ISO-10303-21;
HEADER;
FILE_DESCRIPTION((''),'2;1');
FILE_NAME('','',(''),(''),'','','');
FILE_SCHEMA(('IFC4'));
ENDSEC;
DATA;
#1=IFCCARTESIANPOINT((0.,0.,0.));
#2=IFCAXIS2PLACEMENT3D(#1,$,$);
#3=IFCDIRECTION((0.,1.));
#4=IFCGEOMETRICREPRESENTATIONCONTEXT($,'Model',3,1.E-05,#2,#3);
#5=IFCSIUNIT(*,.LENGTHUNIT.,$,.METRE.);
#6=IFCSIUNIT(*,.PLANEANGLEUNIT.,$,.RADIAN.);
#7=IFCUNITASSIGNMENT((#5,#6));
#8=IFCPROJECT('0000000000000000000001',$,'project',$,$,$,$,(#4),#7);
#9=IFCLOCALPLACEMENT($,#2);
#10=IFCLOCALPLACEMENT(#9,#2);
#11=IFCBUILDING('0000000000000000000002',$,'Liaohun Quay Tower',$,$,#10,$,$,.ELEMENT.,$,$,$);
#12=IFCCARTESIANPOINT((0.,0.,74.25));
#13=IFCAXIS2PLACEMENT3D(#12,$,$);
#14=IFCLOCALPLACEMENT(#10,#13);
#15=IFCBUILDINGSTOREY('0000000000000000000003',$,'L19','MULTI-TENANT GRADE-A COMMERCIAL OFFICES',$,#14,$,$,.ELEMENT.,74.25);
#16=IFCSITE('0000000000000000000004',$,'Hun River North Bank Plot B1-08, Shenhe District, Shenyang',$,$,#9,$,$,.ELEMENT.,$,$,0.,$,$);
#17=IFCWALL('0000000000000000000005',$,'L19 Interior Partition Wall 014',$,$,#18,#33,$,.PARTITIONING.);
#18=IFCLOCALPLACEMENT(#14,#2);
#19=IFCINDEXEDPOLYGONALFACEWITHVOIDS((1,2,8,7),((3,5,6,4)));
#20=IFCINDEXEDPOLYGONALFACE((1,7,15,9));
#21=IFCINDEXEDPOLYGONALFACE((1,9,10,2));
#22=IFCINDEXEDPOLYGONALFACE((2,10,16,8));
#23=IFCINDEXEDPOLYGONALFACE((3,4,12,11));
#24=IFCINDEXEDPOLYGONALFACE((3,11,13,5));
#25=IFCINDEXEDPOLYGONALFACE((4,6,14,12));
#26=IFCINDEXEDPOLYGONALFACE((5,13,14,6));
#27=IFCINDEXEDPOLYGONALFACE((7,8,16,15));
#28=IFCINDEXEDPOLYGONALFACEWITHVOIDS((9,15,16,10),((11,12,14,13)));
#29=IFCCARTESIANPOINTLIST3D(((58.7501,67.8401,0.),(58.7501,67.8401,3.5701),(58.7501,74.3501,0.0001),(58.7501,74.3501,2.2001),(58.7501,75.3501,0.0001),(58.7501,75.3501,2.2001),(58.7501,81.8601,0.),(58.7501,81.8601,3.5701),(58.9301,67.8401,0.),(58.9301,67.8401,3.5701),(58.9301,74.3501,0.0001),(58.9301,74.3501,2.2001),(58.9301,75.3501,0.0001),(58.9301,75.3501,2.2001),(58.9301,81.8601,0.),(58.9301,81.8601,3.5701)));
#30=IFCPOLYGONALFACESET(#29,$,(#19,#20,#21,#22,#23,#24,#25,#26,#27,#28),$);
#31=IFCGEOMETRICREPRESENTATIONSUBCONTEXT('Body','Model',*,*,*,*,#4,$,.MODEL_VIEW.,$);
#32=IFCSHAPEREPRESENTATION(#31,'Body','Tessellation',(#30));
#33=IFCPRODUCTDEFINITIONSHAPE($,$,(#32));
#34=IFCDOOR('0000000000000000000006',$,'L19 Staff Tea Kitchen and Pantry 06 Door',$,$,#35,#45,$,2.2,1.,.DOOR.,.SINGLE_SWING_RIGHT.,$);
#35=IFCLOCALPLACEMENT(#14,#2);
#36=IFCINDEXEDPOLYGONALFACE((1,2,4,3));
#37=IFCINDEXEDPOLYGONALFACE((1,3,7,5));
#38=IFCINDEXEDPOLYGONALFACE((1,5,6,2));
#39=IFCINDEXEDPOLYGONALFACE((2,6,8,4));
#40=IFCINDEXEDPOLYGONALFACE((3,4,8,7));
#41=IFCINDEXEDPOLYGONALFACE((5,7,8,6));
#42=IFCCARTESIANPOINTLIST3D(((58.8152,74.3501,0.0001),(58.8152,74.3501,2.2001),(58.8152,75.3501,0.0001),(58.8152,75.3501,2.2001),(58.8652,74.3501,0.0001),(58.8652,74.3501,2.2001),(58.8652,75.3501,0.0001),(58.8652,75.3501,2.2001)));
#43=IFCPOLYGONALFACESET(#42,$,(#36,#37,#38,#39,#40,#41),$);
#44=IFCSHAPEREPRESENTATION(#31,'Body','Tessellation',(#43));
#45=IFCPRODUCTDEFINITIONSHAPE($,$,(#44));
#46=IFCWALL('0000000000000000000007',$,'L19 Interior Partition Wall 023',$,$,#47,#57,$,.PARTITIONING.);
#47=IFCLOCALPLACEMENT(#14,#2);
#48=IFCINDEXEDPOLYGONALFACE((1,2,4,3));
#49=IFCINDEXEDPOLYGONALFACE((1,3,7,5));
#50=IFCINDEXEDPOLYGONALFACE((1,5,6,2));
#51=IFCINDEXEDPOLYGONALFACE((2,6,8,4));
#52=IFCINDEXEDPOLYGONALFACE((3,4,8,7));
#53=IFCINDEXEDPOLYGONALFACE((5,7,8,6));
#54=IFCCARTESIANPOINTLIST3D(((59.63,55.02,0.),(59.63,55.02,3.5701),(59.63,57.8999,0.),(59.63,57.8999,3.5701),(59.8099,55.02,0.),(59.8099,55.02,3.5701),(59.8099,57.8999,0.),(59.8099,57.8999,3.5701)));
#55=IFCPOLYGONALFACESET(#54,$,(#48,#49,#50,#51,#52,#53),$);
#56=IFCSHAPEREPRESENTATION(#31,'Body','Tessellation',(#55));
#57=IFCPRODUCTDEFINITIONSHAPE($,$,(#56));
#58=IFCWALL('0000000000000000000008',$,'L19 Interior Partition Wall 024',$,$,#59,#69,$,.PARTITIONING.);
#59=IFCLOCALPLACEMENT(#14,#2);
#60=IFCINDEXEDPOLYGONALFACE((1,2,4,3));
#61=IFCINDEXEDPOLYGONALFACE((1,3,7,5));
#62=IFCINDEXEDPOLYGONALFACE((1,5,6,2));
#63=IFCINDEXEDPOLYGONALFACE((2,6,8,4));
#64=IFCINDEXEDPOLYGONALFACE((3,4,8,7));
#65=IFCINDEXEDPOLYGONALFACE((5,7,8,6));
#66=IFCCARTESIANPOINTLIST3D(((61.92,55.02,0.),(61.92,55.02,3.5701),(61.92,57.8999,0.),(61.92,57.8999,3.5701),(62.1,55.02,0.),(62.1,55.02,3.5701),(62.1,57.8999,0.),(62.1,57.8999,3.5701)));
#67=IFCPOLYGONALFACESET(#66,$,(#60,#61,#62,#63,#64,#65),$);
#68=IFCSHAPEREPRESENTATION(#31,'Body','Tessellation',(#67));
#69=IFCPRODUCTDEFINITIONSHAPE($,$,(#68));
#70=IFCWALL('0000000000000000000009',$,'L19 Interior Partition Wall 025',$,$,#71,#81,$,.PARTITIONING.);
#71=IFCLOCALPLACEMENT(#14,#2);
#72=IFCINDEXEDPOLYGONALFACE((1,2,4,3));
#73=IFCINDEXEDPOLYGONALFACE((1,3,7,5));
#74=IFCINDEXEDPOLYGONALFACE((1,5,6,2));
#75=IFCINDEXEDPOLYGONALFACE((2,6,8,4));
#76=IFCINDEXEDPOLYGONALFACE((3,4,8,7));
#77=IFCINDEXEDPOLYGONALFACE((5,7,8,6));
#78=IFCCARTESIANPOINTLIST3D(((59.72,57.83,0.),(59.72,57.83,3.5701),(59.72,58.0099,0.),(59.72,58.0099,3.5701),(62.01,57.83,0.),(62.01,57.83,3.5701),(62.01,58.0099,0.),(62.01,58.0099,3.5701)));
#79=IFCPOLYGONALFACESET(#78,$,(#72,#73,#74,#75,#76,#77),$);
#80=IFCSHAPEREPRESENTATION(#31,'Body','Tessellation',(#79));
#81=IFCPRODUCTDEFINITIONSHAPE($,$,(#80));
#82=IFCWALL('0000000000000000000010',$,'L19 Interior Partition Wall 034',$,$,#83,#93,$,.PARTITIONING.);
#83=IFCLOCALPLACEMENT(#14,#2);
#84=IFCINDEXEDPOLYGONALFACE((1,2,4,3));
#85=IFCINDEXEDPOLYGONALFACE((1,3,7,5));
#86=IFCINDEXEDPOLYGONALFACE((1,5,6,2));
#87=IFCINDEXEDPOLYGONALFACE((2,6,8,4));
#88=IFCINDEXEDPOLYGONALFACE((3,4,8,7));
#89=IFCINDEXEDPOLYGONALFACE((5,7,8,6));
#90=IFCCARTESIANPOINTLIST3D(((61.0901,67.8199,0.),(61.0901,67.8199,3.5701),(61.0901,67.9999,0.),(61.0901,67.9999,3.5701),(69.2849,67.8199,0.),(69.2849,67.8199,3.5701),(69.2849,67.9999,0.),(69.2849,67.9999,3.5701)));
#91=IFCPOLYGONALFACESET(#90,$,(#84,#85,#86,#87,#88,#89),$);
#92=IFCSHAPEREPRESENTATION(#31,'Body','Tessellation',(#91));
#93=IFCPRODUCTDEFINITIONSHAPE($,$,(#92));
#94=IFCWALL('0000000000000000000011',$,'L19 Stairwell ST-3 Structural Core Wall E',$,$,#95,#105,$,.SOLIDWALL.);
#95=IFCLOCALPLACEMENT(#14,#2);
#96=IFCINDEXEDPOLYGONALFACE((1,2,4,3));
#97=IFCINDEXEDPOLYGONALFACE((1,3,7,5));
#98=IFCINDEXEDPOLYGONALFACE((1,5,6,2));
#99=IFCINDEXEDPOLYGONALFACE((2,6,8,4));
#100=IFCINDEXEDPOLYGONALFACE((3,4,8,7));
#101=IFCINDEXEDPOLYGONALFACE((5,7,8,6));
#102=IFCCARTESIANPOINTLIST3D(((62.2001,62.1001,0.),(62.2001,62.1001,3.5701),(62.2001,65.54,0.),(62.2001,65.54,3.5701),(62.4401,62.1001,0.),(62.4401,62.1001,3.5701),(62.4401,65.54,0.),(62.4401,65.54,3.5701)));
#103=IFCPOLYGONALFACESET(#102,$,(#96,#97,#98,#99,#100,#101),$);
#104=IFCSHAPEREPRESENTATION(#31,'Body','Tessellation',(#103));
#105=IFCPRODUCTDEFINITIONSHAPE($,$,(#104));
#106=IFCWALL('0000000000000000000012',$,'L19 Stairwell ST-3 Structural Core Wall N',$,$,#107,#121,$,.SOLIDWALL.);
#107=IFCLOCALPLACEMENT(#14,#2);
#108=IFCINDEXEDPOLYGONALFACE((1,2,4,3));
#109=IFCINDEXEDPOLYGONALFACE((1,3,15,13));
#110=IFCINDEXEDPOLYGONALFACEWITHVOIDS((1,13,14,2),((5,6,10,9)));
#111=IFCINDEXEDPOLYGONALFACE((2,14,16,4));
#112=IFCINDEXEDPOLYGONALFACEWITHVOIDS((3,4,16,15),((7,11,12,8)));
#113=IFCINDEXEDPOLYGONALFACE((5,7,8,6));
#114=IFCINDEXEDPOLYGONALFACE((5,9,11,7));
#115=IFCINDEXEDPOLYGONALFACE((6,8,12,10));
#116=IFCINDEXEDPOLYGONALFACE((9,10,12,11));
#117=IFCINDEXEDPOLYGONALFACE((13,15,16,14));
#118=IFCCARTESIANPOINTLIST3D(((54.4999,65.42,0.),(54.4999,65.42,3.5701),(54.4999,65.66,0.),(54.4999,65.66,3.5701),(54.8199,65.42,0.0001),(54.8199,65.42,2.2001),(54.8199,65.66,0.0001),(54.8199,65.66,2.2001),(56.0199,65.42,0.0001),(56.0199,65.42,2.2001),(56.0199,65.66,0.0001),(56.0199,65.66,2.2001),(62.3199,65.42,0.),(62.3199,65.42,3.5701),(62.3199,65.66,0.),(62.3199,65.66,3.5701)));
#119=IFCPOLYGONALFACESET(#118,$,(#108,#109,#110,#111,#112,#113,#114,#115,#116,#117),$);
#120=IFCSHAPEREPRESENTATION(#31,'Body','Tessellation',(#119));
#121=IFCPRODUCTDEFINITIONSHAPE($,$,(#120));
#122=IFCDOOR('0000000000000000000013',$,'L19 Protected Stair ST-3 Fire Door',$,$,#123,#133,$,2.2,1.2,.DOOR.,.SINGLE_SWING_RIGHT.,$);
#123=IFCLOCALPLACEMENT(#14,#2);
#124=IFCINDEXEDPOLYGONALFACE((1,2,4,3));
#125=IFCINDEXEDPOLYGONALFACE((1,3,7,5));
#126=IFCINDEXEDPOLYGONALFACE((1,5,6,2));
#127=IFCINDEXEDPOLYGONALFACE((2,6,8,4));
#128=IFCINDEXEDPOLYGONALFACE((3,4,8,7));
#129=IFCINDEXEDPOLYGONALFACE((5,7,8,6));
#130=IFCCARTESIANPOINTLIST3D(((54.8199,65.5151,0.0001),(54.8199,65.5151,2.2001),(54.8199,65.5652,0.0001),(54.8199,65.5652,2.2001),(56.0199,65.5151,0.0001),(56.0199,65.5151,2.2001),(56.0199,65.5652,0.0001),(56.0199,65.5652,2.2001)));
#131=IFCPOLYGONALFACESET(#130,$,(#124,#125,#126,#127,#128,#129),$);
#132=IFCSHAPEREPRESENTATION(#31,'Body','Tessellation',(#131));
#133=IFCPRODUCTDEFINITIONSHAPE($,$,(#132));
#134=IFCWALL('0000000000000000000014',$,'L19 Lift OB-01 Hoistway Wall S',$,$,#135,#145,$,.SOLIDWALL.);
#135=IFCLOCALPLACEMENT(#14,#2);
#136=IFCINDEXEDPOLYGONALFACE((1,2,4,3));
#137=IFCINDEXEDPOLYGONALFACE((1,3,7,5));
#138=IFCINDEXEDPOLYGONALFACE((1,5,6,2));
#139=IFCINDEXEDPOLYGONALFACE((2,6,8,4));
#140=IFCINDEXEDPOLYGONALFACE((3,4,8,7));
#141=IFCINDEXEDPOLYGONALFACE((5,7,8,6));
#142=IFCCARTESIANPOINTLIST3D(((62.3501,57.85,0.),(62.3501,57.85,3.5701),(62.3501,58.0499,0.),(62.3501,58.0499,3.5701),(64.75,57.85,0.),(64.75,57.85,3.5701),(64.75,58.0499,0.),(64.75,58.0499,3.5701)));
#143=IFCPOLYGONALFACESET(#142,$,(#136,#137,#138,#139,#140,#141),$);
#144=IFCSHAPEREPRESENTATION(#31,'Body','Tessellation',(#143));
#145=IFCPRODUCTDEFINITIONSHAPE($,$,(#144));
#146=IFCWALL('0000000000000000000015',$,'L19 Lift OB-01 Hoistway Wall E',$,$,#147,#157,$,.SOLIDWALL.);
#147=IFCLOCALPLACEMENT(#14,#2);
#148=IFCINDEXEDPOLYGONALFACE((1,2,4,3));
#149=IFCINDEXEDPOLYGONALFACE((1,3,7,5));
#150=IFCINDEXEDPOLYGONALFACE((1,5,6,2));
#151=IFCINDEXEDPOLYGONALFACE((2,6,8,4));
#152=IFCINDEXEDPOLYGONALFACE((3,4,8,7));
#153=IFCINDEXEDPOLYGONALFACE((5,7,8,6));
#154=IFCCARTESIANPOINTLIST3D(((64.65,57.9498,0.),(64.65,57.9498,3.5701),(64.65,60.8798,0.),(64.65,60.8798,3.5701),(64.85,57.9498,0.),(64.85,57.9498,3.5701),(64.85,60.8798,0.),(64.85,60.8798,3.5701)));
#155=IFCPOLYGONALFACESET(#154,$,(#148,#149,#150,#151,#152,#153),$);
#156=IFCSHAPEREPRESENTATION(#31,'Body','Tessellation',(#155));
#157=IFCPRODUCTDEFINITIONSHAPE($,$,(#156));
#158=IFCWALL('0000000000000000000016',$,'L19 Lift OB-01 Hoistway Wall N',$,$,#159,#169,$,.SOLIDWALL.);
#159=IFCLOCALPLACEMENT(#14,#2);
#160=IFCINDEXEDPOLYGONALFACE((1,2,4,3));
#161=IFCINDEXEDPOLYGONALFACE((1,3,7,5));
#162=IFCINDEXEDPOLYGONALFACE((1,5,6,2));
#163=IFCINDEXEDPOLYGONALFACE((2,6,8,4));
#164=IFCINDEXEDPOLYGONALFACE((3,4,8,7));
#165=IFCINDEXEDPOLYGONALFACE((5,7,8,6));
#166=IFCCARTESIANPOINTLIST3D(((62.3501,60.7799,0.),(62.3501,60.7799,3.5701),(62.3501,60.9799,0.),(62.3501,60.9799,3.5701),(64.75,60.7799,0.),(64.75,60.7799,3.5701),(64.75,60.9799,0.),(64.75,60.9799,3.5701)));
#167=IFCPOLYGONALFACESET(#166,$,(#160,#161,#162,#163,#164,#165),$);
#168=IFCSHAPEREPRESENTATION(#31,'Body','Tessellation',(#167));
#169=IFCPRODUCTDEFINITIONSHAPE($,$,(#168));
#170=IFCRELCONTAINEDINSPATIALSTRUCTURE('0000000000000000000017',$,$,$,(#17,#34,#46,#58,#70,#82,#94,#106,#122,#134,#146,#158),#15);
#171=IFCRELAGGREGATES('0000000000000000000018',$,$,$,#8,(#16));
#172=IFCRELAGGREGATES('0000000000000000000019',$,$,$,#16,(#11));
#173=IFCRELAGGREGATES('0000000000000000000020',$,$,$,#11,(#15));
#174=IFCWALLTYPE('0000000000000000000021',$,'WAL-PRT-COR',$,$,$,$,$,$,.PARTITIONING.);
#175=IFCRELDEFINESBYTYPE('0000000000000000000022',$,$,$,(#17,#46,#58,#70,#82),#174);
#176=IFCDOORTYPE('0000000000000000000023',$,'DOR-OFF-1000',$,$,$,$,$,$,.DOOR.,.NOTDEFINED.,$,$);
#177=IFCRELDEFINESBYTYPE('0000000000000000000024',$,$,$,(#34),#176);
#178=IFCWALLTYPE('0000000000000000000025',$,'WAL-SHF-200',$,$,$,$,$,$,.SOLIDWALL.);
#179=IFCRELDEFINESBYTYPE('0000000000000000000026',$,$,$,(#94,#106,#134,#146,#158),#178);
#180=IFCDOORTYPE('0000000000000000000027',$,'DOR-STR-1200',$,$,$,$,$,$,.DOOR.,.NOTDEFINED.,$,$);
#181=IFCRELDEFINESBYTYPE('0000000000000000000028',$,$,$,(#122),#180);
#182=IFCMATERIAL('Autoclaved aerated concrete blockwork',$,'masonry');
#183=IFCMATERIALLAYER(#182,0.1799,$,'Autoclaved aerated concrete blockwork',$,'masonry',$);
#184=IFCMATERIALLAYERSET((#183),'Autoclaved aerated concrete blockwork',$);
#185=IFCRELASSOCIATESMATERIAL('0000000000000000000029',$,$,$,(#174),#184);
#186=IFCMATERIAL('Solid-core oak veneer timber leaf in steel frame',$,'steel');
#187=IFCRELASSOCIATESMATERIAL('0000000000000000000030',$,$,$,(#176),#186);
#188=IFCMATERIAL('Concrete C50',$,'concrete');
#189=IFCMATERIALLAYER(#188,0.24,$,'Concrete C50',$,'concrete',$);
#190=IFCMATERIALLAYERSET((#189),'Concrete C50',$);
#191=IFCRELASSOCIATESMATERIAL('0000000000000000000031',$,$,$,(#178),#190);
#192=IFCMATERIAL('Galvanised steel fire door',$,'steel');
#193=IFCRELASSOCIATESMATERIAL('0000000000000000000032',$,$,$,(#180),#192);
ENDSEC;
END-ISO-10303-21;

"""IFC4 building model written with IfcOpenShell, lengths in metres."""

from ifc_helpers import new_model, si_unit, direction, frame, frame_2d, origin, place, context, subcontext, project, spatial, rectangle, extrude, source, transform, mapped, material, layer, layer_set, type_object, element, fill, save


model = new_model("IFC4")

# Units and contexts
model_context = context("Model", 3, precision=1e-05, world=origin(), true_north=direction((0.0, 1.0)))
body_context = subcontext(model_context, "Body", "Model", "MODEL_VIEW")
ifc_project = project(units=[si_unit("LENGTHUNIT", "METRE"), si_unit("PLANEANGLEUNIT", "RADIAN")], contexts=[model_context])

# Site, building, storey
site_placement = place(None, origin())
site = spatial("IfcSite", under=ifc_project, at=site_placement, Name="Hun River North Bank Plot B1-08, Shenhe District, Shenyang", CompositionType="ELEMENT", RefElevation=0.0)
building_placement = place(site_placement, origin())
building = spatial("IfcBuilding", under=site, at=building_placement, Name="Liaohun Quay Tower", CompositionType="ELEMENT")
storey_placement = place(building_placement, frame((0.0, 0.0, 74.25)))
storey = spatial("IfcBuildingStorey", under=building, at=storey_placement, Name="L19", Description="MULTI-TENANT GRADE-A COMMERCIAL OFFICES", CompositionType="ELEMENT", Elevation=74.25)

# Wall, opening, door
ifc_material_1 = material(Name="Autoclaved aerated concrete blockwork", Category="masonry")
ifc_layer_1 = layer(ifc_material_1, 0.1799, Name="Autoclaved aerated concrete blockwork", Category="masonry")
ifc_layer_set_1 = layer_set([ifc_layer_1], Name="Autoclaved aerated concrete blockwork")
wall_type_1 = type_object("IfcWallType", Name="WAL-PRT-COR", PredefinedType="PARTITIONING", material=ifc_layer_set_1)
shared_shape_1 = source(origin(), body_context, "Body", "SweptSolid", [
    extrude(rectangle(XDim=1.0, YDim=2.2, at=frame_2d((0.5, 1.1001))), frame((0.0, 0.0999, 0.0), z_axis=(0.0, -1.0, 0.0), x_axis=(1.0, 0.0, 0.0)), (0.0, 0.0, 1.0), 0.2),
])
ifc_material_2 = material(Name="Solid-core oak veneer timber leaf in steel frame", Category="steel")
door_type_1 = type_object("IfcDoorType", Name="DOR-OFF-1000", OperationType="NOTDEFINED", PredefinedType="DOOR", material=ifc_material_2)
shared_shape_2 = source(origin(), body_context, "Body", "SweptSolid", [
    extrude(rectangle(XDim=1.0, YDim=2.2, at=frame_2d((0.5, 1.1001))), frame((0.0, 0.0249, 0.0), z_axis=(0.0, -1.0, 0.0), x_axis=(1.0, 0.0, 0.0)), (0.0, 0.0, 1.0), 0.05),
])
wall_1_placement = place(storey_placement, frame((58.8401, 67.8401, 0.0), z_axis=(0.0, 0.0, 1.0), x_axis=(0.0, 1.0, 0.0)))
wall_1 = element("IfcWall", 1, at=wall_1_placement, inside=storey, type_object=wall_type_1, Name="L19 Interior Partition Wall 014", PredefinedType="PARTITIONING", context=body_context, shape_type="SweptSolid", body=[
    extrude(rectangle(XDim=14.02, YDim=0.1799, at=frame_2d((7.01, 0.0))), origin(), (0.0, 0.0, 1.0), 3.5701),
])
opening_1_placement = place(wall_1_placement, frame((6.51, 0.0, 0.0)))
opening_1 = element("IfcOpeningElement", 2, at=opening_1_placement, cuts=wall_1, PredefinedType="OPENING", context=body_context, shape_type="MappedRepresentation", body=[
    mapped(shared_shape_1, transform((0.0, 0.0, 0.0), x_axis=(1.0, 0.0, 0.0), y_axis=(0.0, 1.0, 0.0), z_axis=(0.0, 0.0, 1.0), scale=1.0)),
])
door_1_placement = place(opening_1_placement, origin())
door_1 = element("IfcDoor", 3, at=door_1_placement, inside=storey, type_object=door_type_1, Name="L19 Staff Tea Kitchen and Pantry 06 Door", OperationType="SINGLE_SWING_RIGHT", OverallHeight=2.2, OverallWidth=1.0, PredefinedType="DOOR", context=body_context, shape_type="MappedRepresentation", body=[
    mapped(shared_shape_2, transform((0.0, 0.0, 0.0), x_axis=(1.0, 0.0, 0.0), y_axis=(0.0, 1.0, 0.0), z_axis=(0.0, 0.0, 1.0), scale=1.0)),
])
fill(opening_1, door_1)

# Walls
for number, where, z_axis, x_axis, name in (
    (4, (59.72, 55.02, 0.0), (0.0, 0.0, 1.0), (0.0, 1.0, 0.0), "L19 Interior Partition Wall 023"),
    (5, (62.01, 55.02, 0.0), (0.0, 0.0, 1.0), (0.0, 1.0, 0.0), "L19 Interior Partition Wall 024"),
):
    element("IfcWall", number, at=place(storey_placement, frame(where, z_axis=z_axis, x_axis=x_axis)), inside=storey, type_object=wall_type_1, Name=name, PredefinedType="PARTITIONING", context=body_context, shape_type="SweptSolid", body=[
        extrude(rectangle(XDim=2.8799, YDim=0.1799, at=frame_2d((1.4399, 0.0))), origin(), (0.0, 0.0, 1.0), 3.5701),
    ])
wall_2_placement = place(storey_placement, frame((59.72, 57.9199, 0.0), z_axis=(0.0, 0.0, 1.0), x_axis=(1.0, 0.0, 0.0)))
element("IfcWall", 6, at=wall_2_placement, inside=storey, type_object=wall_type_1, Name="L19 Interior Partition Wall 025", PredefinedType="PARTITIONING", context=body_context, shape_type="SweptSolid", body=[
    extrude(rectangle(XDim=2.29, YDim=0.1799, at=frame_2d((1.145, 0.0))), origin(), (0.0, 0.0, 1.0), 3.5701),
])
wall_3_placement = place(storey_placement, frame((61.0901, 67.9099, 0.0), z_axis=(0.0, 0.0, 1.0), x_axis=(1.0, 0.0, 0.0)))
element("IfcWall", 7, at=wall_3_placement, inside=storey, type_object=wall_type_1, Name="L19 Interior Partition Wall 034", PredefinedType="PARTITIONING", context=body_context, shape_type="SweptSolid", body=[
    extrude(rectangle(XDim=8.1948, YDim=0.1799, at=frame_2d((4.0974, 0.0))), origin(), (0.0, 0.0, 1.0), 3.5701),
])
ifc_material_3 = material(Name="Concrete C50", Category="concrete")
ifc_layer_2 = layer(ifc_material_3, 0.24, Name="Concrete C50", Category="concrete")
ifc_layer_set_2 = layer_set([ifc_layer_2], Name="Concrete C50")
wall_type_2 = type_object("IfcWallType", Name="WAL-SHF-200", PredefinedType="SOLIDWALL", material=ifc_layer_set_2)
wall_4_placement = place(storey_placement, frame((62.3201, 62.1001, 0.0), z_axis=(0.0, 0.0, 1.0), x_axis=(0.0, 1.0, 0.0)))
element("IfcWall", 8, at=wall_4_placement, inside=storey, type_object=wall_type_2, Name="L19 Stairwell ST-3 Structural Core Wall E", PredefinedType="SOLIDWALL", context=body_context, shape_type="SweptSolid", body=[
    extrude(rectangle(XDim=3.4399, YDim=0.24, at=frame_2d((1.72, 0.0))), origin(), (0.0, 0.0, 1.0), 3.5701),
])

# Wall, opening, door
wall_5_placement = place(storey_placement, frame((62.3201, 65.54, 0.0), z_axis=(0.0, 0.0, 1.0), x_axis=(-1.0, 0.0, 0.0)))
wall_5 = element("IfcWall", 9, at=wall_5_placement, inside=storey, type_object=wall_type_2, Name="L19 Stairwell ST-3 Structural Core Wall N", PredefinedType="SOLIDWALL", context=body_context, shape_type="SweptSolid", body=[
    extrude(rectangle(XDim=7.8201, YDim=0.24, at=frame_2d((3.9102, 0.0))), origin(), (0.0, 0.0, 1.0), 3.5701),
])
shared_shape_3 = source(origin(), body_context, "Body", "SweptSolid", [
    extrude(rectangle(XDim=1.2, YDim=2.2, at=frame_2d((0.6001, 1.1001))), frame((0.0, 0.1299, 0.0), z_axis=(0.0, -1.0, 0.0), x_axis=(1.0, 0.0, 0.0)), (0.0, 0.0, 1.0), 0.26),
])
opening_2_placement = place(wall_5_placement, frame((6.3, 0.0, 0.0)))
opening_2 = element("IfcOpeningElement", 10, at=opening_2_placement, cuts=wall_5, PredefinedType="OPENING", context=body_context, shape_type="MappedRepresentation", body=[
    mapped(shared_shape_3, transform((0.0, 0.0, 0.0), x_axis=(1.0, 0.0, 0.0), y_axis=(0.0, 1.0, 0.0), z_axis=(0.0, 0.0, 1.0), scale=1.0)),
])
ifc_material_4 = material(Name="Galvanised steel fire door", Category="steel")
door_type_2 = type_object("IfcDoorType", Name="DOR-STR-1200", OperationType="NOTDEFINED", PredefinedType="DOOR", material=ifc_material_4)
shared_shape_4 = source(origin(), body_context, "Body", "SweptSolid", [
    extrude(rectangle(XDim=1.2, YDim=2.2, at=frame_2d((0.6001, 1.1001))), frame((0.0, 0.0249, 0.0), z_axis=(0.0, -1.0, 0.0), x_axis=(1.0, 0.0, 0.0)), (0.0, 0.0, 1.0), 0.05),
])
door_2_placement = place(opening_2_placement, origin())
door_2 = element("IfcDoor", 11, at=door_2_placement, inside=storey, type_object=door_type_2, Name="L19 Protected Stair ST-3 Fire Door", OperationType="SINGLE_SWING_RIGHT", OverallHeight=2.2, OverallWidth=1.2, PredefinedType="DOOR", context=body_context, shape_type="MappedRepresentation", body=[
    mapped(shared_shape_4, transform((0.0, 0.0, 0.0), x_axis=(1.0, 0.0, 0.0), y_axis=(0.0, 1.0, 0.0), z_axis=(0.0, 0.0, 1.0), scale=1.0)),
])
fill(opening_2, door_2)

# Walls
wall_6_placement = place(storey_placement, frame((62.3501, 57.95, 0.0), z_axis=(0.0, 0.0, 1.0), x_axis=(1.0, 0.0, 0.0)))
element("IfcWall", 12, at=wall_6_placement, inside=storey, type_object=wall_type_2, Name="L19 Lift OB-01 Hoistway Wall S", PredefinedType="SOLIDWALL", context=body_context, shape_type="SweptSolid", body=[
    extrude(rectangle(XDim=2.3999, YDim=0.2, at=frame_2d((1.2, 0.0))), origin(), (0.0, 0.0, 1.0), 3.5701),
])
wall_7_placement = place(storey_placement, frame((64.75, 57.95, 0.0), z_axis=(0.0, 0.0, 1.0), x_axis=(0.0, 1.0, 0.0)))
element("IfcWall", 13, at=wall_7_placement, inside=storey, type_object=wall_type_2, Name="L19 Lift OB-01 Hoistway Wall E", PredefinedType="SOLIDWALL", context=body_context, shape_type="SweptSolid", body=[
    extrude(rectangle(XDim=2.9299, YDim=0.2, at=frame_2d((1.4648, 0.0))), origin(), (0.0, 0.0, 1.0), 3.5701),
])
wall_8_placement = place(storey_placement, frame((64.75, 60.8799, 0.0), z_axis=(0.0, 0.0, 1.0), x_axis=(-1.0, 0.0, 0.0)))
element("IfcWall", 14, at=wall_8_placement, inside=storey, type_object=wall_type_2, Name="L19 Lift OB-01 Hoistway Wall N", PredefinedType="SOLIDWALL", context=body_context, shape_type="SweptSolid", body=[
    extrude(rectangle(XDim=2.3999, YDim=0.2, at=frame_2d((1.2, 0.0))), origin(), (0.0, 0.0, 1.0), 3.5701),
])

save(model, "model.ifc")
